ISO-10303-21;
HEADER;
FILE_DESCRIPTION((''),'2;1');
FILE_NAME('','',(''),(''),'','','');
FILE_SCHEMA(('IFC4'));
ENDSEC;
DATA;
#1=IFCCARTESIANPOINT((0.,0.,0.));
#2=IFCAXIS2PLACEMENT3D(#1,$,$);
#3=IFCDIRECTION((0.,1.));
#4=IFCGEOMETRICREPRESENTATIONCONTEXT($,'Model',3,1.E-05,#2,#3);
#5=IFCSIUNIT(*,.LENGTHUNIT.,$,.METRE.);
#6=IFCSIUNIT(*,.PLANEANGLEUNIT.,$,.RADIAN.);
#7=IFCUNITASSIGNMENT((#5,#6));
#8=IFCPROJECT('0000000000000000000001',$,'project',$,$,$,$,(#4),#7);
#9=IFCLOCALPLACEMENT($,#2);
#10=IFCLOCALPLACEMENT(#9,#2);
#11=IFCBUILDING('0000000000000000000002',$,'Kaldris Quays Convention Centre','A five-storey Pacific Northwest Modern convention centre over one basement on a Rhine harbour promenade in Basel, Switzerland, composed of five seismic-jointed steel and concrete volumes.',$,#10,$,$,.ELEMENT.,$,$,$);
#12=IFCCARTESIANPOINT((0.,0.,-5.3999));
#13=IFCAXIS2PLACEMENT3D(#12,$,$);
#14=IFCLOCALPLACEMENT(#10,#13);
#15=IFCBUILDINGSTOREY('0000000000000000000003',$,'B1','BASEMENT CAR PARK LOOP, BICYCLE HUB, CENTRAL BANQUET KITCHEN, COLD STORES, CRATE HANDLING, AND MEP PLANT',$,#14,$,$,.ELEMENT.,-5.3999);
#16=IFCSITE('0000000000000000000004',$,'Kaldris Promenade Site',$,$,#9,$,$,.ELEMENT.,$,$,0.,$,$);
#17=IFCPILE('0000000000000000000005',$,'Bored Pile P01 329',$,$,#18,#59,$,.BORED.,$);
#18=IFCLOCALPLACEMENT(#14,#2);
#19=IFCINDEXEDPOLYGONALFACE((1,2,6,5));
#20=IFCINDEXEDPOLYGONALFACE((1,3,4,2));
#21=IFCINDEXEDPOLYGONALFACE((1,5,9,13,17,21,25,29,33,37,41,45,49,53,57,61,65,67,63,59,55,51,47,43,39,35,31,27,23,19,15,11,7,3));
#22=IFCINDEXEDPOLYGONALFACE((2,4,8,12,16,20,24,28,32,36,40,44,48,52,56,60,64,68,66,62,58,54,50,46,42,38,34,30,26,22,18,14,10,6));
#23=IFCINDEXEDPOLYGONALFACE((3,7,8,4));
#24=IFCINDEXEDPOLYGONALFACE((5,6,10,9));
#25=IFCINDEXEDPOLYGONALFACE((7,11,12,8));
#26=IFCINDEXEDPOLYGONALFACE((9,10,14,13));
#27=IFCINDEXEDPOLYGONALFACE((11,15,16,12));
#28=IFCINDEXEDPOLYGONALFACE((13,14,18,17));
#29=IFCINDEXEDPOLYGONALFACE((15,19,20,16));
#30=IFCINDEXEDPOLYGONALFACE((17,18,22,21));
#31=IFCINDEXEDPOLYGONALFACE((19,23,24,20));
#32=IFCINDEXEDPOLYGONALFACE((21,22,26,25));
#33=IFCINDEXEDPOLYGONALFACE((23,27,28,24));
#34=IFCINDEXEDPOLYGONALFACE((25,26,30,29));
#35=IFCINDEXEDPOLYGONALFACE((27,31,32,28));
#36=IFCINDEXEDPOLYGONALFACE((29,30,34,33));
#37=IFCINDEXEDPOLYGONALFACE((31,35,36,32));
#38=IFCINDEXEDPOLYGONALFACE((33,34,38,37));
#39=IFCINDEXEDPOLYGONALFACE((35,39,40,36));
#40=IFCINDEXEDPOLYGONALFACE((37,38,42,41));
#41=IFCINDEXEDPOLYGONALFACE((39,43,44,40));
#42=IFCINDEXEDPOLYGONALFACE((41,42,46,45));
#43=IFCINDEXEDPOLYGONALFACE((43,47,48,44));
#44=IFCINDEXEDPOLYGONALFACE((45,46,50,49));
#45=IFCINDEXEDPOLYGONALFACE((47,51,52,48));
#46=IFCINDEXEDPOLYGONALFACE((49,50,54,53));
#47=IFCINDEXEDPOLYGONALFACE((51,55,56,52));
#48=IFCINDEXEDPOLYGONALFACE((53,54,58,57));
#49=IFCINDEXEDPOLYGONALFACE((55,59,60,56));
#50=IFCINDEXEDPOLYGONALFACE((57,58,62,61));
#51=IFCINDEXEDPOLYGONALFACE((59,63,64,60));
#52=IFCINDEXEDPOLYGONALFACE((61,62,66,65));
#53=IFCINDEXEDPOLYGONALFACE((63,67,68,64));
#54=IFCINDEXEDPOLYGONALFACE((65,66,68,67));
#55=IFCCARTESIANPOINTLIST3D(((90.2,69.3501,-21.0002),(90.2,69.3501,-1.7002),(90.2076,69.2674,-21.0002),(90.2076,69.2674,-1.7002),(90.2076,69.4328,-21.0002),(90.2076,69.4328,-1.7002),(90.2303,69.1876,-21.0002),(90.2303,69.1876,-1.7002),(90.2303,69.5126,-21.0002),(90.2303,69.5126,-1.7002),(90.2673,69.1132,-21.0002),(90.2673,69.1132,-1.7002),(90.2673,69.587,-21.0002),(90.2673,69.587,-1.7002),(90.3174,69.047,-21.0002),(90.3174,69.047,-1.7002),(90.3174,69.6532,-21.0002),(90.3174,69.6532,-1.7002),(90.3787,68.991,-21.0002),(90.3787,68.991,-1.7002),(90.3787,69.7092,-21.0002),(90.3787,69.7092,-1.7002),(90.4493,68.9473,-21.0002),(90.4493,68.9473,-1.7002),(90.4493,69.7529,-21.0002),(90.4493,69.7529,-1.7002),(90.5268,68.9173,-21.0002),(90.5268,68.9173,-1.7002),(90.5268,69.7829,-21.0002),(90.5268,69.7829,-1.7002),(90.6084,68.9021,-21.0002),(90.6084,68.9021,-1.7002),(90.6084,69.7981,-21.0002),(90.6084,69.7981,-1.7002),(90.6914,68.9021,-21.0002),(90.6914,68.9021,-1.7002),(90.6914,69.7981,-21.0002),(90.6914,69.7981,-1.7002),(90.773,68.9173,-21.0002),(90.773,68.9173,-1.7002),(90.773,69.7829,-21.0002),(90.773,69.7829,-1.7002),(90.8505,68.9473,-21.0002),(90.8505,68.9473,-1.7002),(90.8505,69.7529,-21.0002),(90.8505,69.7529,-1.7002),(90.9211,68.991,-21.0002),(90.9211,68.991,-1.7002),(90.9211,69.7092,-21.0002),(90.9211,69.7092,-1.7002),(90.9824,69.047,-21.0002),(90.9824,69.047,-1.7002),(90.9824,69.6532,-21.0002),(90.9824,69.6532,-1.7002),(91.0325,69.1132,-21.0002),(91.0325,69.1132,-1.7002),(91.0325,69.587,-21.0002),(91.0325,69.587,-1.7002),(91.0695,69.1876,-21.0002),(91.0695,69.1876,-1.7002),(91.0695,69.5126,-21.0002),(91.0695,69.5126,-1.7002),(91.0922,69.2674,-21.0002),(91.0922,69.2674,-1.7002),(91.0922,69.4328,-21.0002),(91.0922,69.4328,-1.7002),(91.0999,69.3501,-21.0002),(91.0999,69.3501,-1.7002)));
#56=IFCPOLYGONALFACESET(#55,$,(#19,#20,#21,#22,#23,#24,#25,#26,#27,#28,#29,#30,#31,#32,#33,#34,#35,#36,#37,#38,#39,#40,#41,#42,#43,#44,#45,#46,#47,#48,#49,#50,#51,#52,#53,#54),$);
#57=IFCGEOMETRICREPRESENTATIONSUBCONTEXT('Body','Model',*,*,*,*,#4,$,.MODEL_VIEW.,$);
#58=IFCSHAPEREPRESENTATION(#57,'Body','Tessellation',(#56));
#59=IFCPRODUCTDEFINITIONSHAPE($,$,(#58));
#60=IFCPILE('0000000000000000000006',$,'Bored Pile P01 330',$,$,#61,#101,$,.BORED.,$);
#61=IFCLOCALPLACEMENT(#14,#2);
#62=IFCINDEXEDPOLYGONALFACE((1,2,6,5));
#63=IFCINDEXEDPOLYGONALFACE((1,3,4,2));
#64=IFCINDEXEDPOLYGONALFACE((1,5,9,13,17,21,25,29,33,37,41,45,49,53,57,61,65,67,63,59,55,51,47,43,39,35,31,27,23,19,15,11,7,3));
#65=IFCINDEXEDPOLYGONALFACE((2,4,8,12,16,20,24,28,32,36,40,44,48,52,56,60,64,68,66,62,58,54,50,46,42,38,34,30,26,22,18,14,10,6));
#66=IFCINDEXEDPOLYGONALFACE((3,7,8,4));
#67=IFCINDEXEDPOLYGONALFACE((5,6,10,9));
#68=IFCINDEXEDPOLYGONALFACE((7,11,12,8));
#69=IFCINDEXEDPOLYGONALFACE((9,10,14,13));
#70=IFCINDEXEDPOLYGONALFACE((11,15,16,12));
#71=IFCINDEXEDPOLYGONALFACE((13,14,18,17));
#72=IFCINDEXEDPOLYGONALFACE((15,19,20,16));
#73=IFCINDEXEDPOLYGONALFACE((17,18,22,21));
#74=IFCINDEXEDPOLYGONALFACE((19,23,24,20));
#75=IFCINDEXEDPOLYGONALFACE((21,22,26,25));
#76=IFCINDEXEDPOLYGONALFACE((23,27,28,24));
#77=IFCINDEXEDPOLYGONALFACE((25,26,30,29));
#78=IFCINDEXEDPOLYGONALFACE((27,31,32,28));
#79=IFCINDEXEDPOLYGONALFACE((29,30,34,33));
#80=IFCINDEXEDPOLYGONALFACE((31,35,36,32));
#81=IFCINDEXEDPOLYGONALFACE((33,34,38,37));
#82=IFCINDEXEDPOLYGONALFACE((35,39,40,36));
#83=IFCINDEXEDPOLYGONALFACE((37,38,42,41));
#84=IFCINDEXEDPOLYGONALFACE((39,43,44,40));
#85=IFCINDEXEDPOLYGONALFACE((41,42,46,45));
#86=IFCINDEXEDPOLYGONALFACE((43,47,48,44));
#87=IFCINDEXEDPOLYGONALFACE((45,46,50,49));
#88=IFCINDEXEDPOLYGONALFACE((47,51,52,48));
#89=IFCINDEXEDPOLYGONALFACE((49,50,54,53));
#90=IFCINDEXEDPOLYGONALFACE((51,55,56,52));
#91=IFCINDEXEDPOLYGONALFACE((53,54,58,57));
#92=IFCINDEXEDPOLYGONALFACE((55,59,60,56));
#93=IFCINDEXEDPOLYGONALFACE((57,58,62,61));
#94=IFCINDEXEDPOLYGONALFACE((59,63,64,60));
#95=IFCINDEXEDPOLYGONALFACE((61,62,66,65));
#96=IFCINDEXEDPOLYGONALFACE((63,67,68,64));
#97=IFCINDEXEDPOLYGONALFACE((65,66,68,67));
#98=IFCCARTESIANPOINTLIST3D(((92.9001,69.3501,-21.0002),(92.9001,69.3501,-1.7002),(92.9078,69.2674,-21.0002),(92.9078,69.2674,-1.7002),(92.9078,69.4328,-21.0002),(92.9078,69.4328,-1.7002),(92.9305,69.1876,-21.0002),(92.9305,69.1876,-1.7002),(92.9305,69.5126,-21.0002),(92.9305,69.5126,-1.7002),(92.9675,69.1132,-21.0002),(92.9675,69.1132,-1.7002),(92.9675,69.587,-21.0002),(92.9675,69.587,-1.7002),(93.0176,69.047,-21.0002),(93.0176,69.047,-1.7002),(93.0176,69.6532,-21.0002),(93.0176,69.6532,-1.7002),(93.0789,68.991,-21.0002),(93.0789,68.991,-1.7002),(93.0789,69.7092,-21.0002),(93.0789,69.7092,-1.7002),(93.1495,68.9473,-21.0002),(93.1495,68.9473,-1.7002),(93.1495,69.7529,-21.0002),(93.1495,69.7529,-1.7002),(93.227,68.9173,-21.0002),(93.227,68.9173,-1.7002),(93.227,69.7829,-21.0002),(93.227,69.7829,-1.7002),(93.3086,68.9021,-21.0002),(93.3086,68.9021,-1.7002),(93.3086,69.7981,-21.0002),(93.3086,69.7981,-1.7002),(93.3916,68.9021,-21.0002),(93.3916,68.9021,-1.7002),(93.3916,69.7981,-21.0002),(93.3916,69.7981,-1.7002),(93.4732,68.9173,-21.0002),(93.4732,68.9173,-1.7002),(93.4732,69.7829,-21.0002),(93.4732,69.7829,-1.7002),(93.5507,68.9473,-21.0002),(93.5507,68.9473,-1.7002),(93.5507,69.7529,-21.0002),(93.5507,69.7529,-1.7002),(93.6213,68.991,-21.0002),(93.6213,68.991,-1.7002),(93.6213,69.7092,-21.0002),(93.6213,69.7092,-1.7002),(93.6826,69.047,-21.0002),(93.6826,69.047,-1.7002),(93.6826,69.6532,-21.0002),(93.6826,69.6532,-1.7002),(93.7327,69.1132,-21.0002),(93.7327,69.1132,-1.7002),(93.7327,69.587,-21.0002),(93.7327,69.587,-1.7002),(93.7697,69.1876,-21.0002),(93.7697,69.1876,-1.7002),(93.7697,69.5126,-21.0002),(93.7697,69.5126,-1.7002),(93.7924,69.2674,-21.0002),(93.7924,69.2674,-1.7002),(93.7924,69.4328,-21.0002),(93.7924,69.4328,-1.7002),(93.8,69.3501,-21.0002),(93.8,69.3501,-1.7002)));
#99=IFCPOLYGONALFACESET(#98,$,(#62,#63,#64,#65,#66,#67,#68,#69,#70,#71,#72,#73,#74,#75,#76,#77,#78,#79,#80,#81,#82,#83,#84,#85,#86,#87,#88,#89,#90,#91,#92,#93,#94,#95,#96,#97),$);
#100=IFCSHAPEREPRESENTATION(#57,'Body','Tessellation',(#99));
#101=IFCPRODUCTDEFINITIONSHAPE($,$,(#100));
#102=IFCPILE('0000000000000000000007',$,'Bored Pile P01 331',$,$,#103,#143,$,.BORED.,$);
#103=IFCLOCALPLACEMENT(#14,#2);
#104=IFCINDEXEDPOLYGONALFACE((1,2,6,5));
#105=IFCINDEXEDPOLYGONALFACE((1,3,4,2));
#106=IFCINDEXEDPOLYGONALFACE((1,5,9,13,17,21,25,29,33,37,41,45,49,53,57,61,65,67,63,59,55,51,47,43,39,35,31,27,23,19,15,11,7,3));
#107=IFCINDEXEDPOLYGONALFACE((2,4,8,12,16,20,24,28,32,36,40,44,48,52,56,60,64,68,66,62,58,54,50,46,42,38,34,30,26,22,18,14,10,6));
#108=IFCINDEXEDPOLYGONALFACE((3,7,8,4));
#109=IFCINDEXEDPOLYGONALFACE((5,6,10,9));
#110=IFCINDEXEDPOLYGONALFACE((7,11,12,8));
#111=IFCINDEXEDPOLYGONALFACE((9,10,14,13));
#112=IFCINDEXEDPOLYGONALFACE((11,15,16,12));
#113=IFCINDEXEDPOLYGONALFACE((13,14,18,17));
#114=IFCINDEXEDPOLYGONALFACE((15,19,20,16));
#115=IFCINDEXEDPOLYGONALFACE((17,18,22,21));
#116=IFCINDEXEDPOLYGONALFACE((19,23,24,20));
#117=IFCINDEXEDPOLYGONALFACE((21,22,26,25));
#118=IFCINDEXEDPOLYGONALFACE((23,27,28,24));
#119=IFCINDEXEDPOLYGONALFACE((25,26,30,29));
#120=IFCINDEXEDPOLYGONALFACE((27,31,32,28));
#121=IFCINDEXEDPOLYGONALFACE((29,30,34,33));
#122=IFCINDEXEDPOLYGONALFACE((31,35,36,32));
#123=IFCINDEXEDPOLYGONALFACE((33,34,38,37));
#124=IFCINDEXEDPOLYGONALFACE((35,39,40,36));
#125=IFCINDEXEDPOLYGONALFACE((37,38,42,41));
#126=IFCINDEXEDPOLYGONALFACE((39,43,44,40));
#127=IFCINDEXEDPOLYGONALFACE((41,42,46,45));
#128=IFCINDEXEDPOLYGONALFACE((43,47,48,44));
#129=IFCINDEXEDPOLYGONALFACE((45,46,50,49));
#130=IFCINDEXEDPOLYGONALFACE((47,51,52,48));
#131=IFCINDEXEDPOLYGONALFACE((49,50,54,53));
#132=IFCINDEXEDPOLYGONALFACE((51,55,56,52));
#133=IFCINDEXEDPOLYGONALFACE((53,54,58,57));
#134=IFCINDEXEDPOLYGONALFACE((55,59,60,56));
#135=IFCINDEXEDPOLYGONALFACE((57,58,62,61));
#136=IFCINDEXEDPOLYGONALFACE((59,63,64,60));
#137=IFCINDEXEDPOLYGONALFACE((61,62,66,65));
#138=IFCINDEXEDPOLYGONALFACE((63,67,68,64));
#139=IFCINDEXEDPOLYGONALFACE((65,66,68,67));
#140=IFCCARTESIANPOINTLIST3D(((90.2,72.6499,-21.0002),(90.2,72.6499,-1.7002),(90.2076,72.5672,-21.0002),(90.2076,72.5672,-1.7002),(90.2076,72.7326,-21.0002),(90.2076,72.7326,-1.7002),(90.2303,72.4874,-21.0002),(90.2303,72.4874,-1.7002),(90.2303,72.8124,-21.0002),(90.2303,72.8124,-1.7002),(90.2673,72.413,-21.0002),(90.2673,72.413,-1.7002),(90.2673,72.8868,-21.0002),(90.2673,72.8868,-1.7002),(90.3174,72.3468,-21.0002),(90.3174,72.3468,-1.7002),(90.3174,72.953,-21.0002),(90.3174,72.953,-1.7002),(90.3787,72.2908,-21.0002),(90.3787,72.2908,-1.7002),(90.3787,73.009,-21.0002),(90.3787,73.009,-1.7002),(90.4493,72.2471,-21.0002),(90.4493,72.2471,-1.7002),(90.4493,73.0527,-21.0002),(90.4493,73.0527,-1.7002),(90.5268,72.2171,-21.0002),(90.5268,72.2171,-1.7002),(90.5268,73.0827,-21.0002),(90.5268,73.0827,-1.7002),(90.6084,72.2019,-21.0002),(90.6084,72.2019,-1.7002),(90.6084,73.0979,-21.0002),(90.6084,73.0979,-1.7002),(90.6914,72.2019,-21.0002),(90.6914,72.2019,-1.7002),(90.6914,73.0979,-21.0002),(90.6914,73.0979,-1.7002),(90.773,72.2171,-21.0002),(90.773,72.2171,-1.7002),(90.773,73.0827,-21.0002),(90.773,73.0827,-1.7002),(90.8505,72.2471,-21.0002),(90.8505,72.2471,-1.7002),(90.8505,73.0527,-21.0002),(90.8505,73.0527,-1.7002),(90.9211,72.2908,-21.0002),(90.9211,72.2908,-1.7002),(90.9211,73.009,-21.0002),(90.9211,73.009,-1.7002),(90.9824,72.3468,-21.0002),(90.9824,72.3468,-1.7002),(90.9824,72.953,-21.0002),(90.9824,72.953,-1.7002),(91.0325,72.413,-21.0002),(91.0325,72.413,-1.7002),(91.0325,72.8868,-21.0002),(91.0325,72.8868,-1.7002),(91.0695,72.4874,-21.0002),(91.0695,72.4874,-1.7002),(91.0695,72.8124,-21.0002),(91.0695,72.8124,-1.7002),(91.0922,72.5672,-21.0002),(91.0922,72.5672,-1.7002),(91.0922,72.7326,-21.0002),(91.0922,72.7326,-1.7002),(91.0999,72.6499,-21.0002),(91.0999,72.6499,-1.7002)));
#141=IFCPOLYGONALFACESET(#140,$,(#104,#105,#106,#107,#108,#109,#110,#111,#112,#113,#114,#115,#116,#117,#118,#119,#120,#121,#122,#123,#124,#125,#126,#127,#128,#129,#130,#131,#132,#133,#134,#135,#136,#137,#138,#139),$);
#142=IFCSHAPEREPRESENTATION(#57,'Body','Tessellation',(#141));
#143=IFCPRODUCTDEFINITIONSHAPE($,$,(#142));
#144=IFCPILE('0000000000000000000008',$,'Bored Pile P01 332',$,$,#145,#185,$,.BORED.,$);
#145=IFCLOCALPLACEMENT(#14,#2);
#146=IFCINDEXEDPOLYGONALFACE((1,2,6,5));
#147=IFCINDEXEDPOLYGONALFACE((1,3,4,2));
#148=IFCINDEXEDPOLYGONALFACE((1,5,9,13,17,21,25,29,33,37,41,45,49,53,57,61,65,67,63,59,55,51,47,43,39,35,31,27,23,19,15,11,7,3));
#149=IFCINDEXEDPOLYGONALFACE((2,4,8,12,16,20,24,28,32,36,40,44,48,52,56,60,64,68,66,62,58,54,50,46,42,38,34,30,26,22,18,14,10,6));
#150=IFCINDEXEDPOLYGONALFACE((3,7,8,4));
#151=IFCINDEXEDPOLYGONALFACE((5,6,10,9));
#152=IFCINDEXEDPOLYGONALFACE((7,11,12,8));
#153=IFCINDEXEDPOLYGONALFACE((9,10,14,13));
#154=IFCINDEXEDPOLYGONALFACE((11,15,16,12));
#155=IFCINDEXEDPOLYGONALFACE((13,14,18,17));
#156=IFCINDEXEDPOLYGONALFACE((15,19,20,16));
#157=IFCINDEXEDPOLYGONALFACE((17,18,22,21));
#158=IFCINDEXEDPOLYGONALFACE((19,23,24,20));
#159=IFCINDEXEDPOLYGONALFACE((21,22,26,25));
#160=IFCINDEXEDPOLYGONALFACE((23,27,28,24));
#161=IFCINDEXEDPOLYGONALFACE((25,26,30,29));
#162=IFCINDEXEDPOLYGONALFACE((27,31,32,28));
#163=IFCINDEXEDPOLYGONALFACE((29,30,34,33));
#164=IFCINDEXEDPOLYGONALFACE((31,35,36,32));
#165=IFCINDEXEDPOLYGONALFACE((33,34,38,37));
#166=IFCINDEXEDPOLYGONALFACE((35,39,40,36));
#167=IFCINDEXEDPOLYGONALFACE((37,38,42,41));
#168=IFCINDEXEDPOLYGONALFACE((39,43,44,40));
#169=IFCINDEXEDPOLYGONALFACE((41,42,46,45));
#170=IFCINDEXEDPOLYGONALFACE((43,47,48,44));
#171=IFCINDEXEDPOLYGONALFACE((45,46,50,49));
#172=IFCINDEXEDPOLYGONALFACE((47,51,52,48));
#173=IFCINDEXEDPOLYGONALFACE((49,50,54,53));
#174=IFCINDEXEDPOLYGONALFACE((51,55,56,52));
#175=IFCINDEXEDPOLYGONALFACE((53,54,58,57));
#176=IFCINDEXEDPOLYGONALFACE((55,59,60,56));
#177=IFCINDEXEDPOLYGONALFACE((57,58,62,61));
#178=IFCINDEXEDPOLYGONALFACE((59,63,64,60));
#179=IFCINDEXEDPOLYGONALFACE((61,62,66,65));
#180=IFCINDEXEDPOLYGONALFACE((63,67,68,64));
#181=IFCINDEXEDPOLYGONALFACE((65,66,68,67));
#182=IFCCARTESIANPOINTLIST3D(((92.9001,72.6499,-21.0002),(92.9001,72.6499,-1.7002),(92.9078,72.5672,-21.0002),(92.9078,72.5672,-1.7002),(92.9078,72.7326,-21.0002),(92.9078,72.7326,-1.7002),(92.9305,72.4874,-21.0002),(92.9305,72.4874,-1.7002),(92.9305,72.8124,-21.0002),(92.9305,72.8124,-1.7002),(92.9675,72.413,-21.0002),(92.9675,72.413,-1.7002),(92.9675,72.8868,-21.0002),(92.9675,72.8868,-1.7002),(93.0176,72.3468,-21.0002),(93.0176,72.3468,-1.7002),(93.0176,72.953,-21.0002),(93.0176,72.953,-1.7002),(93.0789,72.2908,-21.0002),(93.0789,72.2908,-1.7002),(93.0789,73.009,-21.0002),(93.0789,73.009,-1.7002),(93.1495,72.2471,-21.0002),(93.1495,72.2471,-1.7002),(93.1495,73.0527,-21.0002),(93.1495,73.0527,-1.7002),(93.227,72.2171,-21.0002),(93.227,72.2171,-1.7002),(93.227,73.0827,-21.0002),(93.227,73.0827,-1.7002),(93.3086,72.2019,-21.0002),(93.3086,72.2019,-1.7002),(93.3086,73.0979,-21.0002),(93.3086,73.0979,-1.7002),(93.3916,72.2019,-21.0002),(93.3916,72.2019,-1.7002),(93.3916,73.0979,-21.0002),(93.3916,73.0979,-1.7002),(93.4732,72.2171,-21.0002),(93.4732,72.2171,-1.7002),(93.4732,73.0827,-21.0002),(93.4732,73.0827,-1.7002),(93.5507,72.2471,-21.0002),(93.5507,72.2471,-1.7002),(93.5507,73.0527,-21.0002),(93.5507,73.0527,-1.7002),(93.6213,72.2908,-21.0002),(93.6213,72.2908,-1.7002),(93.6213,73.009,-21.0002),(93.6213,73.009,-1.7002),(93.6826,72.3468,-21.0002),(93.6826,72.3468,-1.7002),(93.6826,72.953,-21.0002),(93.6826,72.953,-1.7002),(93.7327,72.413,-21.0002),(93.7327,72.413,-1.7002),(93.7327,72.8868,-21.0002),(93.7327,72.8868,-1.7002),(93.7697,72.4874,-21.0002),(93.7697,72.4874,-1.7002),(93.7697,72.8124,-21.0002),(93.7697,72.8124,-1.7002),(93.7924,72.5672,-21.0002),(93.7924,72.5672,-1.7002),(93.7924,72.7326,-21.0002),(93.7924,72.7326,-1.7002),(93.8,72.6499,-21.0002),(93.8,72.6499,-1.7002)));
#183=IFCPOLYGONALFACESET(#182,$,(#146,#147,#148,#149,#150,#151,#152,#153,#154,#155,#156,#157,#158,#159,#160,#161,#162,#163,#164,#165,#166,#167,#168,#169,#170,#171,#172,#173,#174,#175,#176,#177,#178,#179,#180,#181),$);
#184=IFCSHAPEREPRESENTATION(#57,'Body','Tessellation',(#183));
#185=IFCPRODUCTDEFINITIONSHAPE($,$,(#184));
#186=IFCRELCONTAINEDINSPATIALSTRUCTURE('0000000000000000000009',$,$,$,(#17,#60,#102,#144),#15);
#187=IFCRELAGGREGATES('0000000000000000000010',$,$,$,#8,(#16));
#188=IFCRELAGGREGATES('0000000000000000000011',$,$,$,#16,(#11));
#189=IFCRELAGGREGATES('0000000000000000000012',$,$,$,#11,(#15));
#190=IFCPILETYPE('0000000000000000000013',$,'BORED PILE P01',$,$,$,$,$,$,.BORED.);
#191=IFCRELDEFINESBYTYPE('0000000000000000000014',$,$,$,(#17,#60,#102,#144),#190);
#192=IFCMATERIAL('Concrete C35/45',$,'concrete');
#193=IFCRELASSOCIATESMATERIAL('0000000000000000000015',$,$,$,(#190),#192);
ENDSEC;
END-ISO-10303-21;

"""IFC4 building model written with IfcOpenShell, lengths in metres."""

from ifc_helpers import new_model, si_unit, direction, frame, origin, origin_2d, place, context, subcontext, project, spatial, circle, extrude, material, material_profile, profile_set, type_object, element, save


model = new_model("IFC4")

# Units and contexts
model_context = context("Model", 3, precision=1e-05, world=origin(), true_north=direction((0.0, 1.0)))
body_context = subcontext(model_context, "Body", "Model", "MODEL_VIEW")
ifc_project = project(units=[si_unit("LENGTHUNIT", "METRE"), si_unit("PLANEANGLEUNIT", "RADIAN")], contexts=[model_context])

# Site, building, storey
site_placement = place(None, origin())
site = spatial("IfcSite", under=ifc_project, at=site_placement, Name="Kaldris Promenade Site", CompositionType="ELEMENT", RefElevation=0.0)
building_placement = place(site_placement, origin())
building = spatial("IfcBuilding", under=site, at=building_placement, Name="Kaldris Quays Convention Centre", Description="A five-storey Pacific Northwest Modern convention centre over one basement on a Rhine harbour promenade in Basel, Switzerland, composed of five seismic-jointed steel and concrete volumes.", CompositionType="ELEMENT")
storey_placement = place(building_placement, frame((0.0, 0.0, -5.3999)))
storey = spatial("IfcBuildingStorey", under=building, at=storey_placement, Name="B1", Description="BASEMENT CAR PARK LOOP, BICYCLE HUB, CENTRAL BANQUET KITCHEN, COLD STORES, CRATE HANDLING, AND MEP PLANT", CompositionType="ELEMENT", Elevation=-5.3999)

# Piles
ifc_material_1 = material(Name="Concrete C35/45", Category="concrete")
ifc_material_profile_1 = material_profile(ifc_material_1, circle(Radius=0.45, at=origin_2d()), Name="BORED PILE D900")
ifc_profile_set_1 = profile_set([ifc_material_profile_1], Name="Concrete C35/45")
pile_type = type_object("IfcPileType", Name="BORED PILE P01", PredefinedType="BORED", material=ifc_profile_set_1)
for number, where, z_axis, x_axis, name in (
    (1, (90.6499, 69.3501, -1.7002), (0.0, 0.0, -1.0), (1.0, 0.0, 0.0), "Bored Pile P01 329"),
    (2, (93.3501, 69.3501, -1.7002), (0.0, 0.0, -1.0), (1.0, 0.0, 0.0), "Bored Pile P01 330"),
    (3, (90.6499, 72.6499, -1.7002), (0.0, 0.0, -1.0), (1.0, 0.0, 0.0), "Bored Pile P01 331"),
    (4, (93.3501, 72.6499, -1.7002), (0.0, 0.0, -1.0), (1.0, 0.0, 0.0), "Bored Pile P01 332"),
):
    element("IfcPile", number, at=place(storey_placement, frame(where, z_axis=z_axis, x_axis=x_axis)), inside=storey, type_object=pile_type, Name=name, PredefinedType="BORED", context=body_context, shape_type="SweptSolid", body=[
        extrude(circle(Radius=0.45, at=origin_2d()), origin(), (0.0, 0.0, 1.0), 19.3),
    ])

save(model, "model.ifc")
